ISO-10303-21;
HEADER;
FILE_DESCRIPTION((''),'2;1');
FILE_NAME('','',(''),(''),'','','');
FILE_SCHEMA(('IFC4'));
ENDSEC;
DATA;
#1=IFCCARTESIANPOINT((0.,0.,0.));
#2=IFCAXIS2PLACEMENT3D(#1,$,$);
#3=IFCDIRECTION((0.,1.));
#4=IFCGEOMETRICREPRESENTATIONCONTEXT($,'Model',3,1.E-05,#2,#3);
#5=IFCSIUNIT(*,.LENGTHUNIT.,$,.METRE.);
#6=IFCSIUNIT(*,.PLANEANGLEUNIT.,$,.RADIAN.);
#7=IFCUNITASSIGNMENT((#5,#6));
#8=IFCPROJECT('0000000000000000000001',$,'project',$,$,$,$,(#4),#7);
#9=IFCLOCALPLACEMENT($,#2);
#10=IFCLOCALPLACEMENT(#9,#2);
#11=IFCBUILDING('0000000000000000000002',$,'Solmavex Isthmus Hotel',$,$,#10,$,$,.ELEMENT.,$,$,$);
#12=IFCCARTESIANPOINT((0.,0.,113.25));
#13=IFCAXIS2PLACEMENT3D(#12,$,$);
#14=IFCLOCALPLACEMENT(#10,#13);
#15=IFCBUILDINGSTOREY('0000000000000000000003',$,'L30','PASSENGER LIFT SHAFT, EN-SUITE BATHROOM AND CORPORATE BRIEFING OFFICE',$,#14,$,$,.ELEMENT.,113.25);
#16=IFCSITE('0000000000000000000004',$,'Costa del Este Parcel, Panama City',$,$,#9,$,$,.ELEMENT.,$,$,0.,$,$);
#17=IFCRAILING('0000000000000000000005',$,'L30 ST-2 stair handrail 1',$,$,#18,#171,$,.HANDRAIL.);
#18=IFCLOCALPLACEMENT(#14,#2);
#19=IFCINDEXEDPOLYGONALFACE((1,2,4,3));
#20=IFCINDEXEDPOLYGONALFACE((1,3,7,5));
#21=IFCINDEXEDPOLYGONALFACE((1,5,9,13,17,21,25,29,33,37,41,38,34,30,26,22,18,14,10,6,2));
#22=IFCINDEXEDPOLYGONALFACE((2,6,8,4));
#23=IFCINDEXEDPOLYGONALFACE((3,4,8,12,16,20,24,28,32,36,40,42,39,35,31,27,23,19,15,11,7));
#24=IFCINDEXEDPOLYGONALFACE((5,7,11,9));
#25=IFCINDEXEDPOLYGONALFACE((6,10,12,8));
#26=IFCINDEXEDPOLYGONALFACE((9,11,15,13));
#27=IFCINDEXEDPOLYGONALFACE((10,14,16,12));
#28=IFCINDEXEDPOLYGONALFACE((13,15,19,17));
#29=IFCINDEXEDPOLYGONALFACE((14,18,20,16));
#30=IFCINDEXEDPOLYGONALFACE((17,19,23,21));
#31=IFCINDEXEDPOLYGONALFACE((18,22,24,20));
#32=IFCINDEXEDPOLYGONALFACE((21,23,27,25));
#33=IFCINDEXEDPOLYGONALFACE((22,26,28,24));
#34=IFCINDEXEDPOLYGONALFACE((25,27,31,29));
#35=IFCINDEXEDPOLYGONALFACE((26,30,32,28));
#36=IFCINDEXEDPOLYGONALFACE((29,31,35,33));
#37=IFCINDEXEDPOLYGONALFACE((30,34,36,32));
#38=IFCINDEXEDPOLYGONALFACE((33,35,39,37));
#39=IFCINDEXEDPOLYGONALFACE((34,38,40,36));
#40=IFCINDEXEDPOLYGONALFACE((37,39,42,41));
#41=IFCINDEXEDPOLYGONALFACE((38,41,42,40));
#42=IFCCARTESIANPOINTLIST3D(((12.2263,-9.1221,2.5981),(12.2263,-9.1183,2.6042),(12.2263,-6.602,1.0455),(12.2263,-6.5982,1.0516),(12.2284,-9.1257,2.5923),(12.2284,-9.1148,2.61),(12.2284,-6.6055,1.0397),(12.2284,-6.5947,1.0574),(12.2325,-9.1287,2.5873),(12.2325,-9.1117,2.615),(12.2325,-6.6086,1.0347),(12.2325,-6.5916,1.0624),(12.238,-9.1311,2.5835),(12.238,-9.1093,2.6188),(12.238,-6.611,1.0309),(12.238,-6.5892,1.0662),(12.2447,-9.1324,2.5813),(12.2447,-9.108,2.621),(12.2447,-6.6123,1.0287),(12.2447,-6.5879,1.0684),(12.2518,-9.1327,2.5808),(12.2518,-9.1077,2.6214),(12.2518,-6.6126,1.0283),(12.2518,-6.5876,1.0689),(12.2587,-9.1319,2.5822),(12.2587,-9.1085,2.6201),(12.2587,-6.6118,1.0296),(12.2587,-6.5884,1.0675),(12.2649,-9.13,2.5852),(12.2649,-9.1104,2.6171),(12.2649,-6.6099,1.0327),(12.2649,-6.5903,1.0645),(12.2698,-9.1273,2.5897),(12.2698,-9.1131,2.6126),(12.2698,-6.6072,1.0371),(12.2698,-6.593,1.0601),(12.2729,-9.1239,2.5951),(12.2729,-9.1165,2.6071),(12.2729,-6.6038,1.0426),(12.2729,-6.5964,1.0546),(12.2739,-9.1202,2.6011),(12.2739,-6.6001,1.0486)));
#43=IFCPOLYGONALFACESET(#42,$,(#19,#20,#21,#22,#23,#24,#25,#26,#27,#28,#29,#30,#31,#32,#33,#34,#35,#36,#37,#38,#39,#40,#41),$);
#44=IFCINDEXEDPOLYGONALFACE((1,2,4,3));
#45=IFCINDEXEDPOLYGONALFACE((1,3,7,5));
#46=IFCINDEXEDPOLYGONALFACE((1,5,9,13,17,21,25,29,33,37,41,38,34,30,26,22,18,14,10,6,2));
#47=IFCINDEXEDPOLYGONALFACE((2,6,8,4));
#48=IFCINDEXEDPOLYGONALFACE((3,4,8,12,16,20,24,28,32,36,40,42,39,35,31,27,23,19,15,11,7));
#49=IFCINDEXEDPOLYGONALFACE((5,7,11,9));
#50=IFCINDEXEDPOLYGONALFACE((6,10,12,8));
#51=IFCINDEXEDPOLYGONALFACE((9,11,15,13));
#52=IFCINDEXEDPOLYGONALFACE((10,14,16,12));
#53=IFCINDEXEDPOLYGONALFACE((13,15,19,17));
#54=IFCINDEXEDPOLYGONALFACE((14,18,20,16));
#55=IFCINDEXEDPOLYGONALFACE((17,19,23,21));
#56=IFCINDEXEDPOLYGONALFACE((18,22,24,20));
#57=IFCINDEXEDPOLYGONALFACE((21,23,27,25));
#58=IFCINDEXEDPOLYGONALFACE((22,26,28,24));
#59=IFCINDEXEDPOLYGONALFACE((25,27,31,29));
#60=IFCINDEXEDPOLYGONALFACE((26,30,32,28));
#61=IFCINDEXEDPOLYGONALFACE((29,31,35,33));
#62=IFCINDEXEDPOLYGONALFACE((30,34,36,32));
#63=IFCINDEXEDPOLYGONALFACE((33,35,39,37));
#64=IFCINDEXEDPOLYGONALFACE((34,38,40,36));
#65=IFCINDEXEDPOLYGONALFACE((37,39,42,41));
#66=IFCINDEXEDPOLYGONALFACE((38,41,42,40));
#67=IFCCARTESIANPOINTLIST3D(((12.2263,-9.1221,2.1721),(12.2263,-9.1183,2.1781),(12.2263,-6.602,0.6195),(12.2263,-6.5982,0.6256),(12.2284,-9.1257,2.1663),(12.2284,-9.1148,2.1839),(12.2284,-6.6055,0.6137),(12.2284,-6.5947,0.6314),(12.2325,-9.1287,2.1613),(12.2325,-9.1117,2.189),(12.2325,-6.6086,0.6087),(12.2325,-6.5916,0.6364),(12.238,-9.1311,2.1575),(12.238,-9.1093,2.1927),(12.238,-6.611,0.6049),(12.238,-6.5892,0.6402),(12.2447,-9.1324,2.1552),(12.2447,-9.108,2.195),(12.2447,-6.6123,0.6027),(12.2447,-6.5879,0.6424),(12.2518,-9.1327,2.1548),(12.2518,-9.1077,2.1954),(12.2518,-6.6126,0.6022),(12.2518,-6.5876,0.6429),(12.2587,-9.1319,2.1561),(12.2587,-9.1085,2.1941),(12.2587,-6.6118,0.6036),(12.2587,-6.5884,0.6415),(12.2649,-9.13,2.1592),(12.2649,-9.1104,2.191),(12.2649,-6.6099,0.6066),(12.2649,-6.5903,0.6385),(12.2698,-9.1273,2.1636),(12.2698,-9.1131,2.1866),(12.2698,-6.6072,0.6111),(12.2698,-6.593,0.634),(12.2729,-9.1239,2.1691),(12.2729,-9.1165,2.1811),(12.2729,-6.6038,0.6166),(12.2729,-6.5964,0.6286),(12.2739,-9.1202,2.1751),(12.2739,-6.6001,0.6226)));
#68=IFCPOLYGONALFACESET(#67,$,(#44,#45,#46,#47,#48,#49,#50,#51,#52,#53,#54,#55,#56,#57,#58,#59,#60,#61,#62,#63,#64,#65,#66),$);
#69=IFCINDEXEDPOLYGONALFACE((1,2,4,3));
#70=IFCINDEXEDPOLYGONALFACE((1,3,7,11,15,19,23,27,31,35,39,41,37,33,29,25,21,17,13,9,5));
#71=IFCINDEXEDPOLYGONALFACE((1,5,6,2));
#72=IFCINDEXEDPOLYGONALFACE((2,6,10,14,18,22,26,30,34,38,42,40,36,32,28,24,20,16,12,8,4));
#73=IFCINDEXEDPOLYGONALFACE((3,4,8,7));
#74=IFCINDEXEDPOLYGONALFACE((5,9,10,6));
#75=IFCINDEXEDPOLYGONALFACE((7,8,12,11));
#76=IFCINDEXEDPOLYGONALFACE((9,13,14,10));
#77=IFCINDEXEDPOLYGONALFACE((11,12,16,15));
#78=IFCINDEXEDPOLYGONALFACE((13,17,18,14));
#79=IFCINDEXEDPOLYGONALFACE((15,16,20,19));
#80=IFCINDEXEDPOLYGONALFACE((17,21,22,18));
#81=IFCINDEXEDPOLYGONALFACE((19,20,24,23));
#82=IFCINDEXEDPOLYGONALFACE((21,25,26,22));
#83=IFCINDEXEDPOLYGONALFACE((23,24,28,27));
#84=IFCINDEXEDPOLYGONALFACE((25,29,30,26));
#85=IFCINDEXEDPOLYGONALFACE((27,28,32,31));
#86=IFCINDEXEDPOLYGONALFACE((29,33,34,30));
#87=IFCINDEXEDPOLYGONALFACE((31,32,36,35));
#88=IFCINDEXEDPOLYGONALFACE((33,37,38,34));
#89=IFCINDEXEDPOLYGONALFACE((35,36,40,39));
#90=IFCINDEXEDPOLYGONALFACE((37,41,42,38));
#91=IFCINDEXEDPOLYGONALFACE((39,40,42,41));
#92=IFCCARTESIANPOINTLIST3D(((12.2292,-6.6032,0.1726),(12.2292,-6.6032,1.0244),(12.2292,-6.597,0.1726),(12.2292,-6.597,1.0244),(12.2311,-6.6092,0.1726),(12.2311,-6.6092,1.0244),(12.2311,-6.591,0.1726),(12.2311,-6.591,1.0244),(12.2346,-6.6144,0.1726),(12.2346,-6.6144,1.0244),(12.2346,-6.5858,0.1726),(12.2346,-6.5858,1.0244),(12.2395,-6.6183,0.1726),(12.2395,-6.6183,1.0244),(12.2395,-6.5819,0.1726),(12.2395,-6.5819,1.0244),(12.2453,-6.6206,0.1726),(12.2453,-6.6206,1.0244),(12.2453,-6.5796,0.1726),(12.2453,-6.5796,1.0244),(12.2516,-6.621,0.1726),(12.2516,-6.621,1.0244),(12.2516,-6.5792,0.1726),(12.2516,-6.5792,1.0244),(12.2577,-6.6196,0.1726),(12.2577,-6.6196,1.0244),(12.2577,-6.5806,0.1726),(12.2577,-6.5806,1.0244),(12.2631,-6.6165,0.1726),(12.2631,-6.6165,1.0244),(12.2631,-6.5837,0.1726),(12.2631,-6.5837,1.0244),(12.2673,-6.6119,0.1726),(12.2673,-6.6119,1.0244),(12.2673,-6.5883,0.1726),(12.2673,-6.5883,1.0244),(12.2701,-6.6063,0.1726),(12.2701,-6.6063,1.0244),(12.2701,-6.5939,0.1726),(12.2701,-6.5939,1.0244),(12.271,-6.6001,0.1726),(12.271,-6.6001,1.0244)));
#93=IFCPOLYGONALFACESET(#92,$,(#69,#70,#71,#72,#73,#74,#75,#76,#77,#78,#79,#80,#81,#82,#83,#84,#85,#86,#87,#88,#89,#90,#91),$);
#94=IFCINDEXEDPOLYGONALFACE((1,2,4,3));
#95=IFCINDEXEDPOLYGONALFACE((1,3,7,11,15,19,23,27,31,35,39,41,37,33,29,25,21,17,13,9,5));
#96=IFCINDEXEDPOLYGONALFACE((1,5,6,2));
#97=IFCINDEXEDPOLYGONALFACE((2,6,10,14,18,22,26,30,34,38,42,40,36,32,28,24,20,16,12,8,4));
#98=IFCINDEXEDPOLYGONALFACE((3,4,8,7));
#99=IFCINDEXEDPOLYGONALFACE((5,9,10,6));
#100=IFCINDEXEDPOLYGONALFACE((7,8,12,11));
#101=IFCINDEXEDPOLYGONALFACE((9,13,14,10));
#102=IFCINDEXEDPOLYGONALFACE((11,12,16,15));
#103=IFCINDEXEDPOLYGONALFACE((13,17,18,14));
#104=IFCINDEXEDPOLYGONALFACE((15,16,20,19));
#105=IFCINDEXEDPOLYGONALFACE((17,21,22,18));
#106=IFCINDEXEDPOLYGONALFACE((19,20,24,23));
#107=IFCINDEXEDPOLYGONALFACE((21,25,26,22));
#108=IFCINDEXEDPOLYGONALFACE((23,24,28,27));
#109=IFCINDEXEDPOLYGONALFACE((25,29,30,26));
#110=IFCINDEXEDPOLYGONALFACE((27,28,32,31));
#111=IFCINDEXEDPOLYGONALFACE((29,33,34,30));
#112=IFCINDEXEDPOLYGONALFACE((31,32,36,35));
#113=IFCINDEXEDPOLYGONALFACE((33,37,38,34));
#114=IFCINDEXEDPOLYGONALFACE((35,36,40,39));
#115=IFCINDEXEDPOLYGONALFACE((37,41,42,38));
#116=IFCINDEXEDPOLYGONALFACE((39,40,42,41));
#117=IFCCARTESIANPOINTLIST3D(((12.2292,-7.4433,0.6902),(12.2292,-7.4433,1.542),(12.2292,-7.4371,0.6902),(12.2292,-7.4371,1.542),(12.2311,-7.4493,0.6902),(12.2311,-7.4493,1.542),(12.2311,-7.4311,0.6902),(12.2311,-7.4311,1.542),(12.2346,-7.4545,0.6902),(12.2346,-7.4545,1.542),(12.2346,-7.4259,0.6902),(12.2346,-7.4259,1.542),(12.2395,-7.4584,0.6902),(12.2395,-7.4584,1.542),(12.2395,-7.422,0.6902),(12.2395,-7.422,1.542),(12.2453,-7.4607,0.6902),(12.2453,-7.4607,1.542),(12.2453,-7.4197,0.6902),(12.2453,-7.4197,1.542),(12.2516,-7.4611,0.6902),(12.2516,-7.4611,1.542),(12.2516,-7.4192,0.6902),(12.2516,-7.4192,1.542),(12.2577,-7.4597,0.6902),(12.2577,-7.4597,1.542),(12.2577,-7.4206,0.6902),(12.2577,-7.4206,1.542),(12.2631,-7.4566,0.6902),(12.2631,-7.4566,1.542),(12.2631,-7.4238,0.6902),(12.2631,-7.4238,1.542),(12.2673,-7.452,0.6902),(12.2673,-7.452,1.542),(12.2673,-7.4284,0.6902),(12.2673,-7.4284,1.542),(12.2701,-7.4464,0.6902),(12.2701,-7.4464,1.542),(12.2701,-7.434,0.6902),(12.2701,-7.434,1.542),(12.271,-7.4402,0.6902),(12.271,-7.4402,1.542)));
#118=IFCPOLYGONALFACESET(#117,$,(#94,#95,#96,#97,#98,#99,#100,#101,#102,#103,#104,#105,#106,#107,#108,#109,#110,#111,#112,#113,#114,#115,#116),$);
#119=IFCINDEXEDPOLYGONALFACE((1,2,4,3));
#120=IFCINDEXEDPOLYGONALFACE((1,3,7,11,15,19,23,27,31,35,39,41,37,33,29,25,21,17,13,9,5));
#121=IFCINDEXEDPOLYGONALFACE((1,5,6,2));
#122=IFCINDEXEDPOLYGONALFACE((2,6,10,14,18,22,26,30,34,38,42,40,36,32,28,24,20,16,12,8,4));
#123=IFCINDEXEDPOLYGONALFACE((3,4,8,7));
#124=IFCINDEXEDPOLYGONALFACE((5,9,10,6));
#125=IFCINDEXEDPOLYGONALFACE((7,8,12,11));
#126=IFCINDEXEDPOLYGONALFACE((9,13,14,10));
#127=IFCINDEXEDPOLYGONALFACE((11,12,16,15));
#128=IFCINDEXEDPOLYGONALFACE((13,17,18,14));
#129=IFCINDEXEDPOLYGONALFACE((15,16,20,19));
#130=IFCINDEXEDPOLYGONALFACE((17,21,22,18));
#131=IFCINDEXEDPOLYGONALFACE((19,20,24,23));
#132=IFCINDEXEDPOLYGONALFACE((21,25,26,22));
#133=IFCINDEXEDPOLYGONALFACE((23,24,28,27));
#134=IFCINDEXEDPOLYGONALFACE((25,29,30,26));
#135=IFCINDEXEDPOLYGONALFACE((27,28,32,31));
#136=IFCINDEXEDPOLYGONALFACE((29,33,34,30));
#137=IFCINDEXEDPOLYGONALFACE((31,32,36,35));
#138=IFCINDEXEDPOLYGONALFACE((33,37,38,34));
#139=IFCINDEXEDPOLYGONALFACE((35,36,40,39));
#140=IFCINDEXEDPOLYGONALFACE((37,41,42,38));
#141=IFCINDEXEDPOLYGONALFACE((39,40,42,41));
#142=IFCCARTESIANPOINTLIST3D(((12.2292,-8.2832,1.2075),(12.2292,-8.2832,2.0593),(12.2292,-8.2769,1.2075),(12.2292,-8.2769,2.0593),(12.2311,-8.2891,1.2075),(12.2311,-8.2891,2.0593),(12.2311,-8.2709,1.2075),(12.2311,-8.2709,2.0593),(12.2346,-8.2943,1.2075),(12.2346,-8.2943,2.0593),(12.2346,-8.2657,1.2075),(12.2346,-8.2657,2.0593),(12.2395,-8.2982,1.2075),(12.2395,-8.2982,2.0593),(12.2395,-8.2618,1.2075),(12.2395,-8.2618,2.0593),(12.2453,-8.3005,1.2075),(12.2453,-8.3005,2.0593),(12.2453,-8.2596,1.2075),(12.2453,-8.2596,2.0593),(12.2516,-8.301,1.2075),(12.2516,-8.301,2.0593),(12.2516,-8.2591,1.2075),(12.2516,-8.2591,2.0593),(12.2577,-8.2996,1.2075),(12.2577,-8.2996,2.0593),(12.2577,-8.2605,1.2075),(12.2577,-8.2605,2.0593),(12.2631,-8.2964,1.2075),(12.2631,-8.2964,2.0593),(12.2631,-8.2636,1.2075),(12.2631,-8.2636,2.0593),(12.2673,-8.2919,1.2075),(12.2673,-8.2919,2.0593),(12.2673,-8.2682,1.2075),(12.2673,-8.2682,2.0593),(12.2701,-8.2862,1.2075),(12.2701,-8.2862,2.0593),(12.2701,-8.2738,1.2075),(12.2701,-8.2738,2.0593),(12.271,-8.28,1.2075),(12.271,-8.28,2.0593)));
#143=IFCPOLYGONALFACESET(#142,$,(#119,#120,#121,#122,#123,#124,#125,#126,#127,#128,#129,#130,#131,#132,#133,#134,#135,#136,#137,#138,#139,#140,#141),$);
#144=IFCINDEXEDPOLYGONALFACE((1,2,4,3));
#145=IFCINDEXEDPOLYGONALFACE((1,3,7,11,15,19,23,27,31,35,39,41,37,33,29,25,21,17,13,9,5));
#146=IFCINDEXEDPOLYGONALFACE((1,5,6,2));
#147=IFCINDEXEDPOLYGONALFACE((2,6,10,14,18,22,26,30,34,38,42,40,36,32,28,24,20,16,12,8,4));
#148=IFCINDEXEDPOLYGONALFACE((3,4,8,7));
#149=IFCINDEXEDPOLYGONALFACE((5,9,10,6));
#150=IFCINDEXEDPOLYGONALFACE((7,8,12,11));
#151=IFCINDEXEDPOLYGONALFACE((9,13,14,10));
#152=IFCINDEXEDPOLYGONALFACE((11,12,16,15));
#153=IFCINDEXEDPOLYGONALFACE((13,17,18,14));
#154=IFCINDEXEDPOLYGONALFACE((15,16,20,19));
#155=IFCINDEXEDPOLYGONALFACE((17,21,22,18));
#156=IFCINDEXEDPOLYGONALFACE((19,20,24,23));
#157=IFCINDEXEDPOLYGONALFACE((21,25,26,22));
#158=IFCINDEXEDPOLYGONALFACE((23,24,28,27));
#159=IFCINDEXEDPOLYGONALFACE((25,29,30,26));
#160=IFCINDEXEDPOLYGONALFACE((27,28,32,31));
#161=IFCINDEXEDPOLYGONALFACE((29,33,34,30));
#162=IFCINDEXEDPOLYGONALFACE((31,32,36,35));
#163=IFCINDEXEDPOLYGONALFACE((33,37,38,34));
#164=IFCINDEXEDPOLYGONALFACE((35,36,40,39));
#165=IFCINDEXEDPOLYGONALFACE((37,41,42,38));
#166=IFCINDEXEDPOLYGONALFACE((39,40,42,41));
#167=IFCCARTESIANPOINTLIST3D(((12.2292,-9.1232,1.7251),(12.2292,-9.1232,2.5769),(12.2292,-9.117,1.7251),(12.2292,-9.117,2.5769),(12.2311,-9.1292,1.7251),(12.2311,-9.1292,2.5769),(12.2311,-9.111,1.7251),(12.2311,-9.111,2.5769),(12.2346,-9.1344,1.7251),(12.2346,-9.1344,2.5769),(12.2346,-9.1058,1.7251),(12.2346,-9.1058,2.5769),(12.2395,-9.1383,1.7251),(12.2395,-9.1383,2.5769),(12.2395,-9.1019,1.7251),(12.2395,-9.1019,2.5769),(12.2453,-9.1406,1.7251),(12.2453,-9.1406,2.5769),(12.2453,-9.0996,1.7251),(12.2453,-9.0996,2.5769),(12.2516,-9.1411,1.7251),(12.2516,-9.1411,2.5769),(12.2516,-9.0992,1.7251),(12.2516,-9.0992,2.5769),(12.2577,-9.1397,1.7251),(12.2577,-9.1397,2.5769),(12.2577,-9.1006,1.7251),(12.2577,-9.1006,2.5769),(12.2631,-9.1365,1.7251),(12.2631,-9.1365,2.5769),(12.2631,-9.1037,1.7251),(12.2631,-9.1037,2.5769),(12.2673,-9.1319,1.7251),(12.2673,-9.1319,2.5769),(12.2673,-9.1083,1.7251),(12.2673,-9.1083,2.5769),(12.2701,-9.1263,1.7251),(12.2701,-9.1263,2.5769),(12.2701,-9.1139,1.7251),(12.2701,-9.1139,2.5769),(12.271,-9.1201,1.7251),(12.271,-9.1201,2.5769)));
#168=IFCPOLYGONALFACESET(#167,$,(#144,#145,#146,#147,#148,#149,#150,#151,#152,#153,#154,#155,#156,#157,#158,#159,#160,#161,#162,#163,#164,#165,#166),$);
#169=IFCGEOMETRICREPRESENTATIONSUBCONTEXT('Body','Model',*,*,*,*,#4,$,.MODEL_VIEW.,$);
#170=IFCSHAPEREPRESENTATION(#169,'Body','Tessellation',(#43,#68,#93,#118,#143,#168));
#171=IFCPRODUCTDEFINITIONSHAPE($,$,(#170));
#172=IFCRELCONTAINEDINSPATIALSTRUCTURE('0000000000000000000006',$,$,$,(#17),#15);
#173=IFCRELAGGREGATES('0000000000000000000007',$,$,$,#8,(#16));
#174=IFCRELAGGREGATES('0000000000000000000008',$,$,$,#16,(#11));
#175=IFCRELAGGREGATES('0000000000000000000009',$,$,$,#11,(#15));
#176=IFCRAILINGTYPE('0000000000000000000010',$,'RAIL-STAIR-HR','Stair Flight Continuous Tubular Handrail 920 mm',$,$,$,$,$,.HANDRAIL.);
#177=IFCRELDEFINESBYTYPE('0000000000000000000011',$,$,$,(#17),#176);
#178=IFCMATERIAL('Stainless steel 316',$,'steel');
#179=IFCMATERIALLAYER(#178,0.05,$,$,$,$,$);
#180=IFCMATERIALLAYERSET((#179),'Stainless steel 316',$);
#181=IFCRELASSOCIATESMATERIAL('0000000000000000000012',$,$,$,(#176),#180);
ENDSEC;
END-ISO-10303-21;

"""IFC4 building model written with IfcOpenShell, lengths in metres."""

from ifc_helpers import new_model, si_unit, direction, frame, origin, origin_2d, place, context, subcontext, project, spatial, circle, extrude, material, layer, layer_set, type_object, element, save


model = new_model("IFC4")

# Units and contexts
model_context = context("Model", 3, precision=1e-05, world=origin(), true_north=direction((0.0, 1.0)))
body_context = subcontext(model_context, "Body", "Model", "MODEL_VIEW")
ifc_project = project(units=[si_unit("LENGTHUNIT", "METRE"), si_unit("PLANEANGLEUNIT", "RADIAN")], contexts=[model_context])

# Site, building, storey
site_placement = place(None, origin())
site = spatial("IfcSite", under=ifc_project, at=site_placement, Name="Costa del Este Parcel, Panama City", CompositionType="ELEMENT", RefElevation=0.0)
building_placement = place(site_placement, origin())
building = spatial("IfcBuilding", under=site, at=building_placement, Name="Solmavex Isthmus Hotel", CompositionType="ELEMENT")
storey_placement = place(building_placement, frame((0.0, 0.0, 113.25)))
storey = spatial("IfcBuildingStorey", under=building, at=storey_placement, Name="L30", Description="PASSENGER LIFT SHAFT, EN-SUITE BATHROOM AND CORPORATE BRIEFING OFFICE", CompositionType="ELEMENT", Elevation=113.25)

# Shared definitions
ifc_material_1 = material(Name="Stainless steel 316", Category="steel")

# Railing
ifc_layer_1 = layer(ifc_material_1, 0.05)
ifc_layer_set_1 = layer_set([ifc_layer_1], Name="Stainless steel 316")
railing_type_1 = type_object("IfcRailingType", Name="RAIL-STAIR-HR", Description="Stair Flight Continuous Tubular Handrail 920 mm", PredefinedType="HANDRAIL", material=ifc_layer_set_1)
railing_1_placement = place(storey_placement, frame((12.25, -6.6001, 0.1726)))
element("IfcRailing", 1, at=railing_1_placement, inside=storey, type_object=railing_type_1, Name="L30 ST-2 stair handrail 1", PredefinedType="HANDRAIL", context=body_context, shape_type="SweptSolid", body=[
    extrude(circle(Radius=0.0239, at=origin_2d()), frame((0.0, 0.0, 0.876), z_axis=(0.0, -0.8514, 0.524516), x_axis=(1.0, 0.0, 0.0)), (0.0, 0.0, 1.0), 2.96),
    extrude(circle(Radius=0.0239, at=origin_2d()), frame((0.0, 0.0, 0.45), z_axis=(0.0, -0.8514, 0.524516), x_axis=(1.0, 0.0, 0.0)), (0.0, 0.0, 1.0), 2.96),
    extrude(circle(Radius=0.021, at=origin_2d()), origin(), (0.0, 0.0, 1.0), 0.8518),
    extrude(circle(Radius=0.021, at=origin_2d()), frame((0.0, -0.8401, 0.5176)), (0.0, 0.0, 1.0), 0.8518),
    extrude(circle(Radius=0.021, at=origin_2d()), frame((0.0, -1.6799, 1.0349)), (0.0, 0.0, 1.0), 0.8518),
    extrude(circle(Radius=0.021, at=origin_2d()), frame((0.0, -2.52, 1.5525)), (0.0, 0.0, 1.0), 0.8518),
])

save(model, "model.ifc")
